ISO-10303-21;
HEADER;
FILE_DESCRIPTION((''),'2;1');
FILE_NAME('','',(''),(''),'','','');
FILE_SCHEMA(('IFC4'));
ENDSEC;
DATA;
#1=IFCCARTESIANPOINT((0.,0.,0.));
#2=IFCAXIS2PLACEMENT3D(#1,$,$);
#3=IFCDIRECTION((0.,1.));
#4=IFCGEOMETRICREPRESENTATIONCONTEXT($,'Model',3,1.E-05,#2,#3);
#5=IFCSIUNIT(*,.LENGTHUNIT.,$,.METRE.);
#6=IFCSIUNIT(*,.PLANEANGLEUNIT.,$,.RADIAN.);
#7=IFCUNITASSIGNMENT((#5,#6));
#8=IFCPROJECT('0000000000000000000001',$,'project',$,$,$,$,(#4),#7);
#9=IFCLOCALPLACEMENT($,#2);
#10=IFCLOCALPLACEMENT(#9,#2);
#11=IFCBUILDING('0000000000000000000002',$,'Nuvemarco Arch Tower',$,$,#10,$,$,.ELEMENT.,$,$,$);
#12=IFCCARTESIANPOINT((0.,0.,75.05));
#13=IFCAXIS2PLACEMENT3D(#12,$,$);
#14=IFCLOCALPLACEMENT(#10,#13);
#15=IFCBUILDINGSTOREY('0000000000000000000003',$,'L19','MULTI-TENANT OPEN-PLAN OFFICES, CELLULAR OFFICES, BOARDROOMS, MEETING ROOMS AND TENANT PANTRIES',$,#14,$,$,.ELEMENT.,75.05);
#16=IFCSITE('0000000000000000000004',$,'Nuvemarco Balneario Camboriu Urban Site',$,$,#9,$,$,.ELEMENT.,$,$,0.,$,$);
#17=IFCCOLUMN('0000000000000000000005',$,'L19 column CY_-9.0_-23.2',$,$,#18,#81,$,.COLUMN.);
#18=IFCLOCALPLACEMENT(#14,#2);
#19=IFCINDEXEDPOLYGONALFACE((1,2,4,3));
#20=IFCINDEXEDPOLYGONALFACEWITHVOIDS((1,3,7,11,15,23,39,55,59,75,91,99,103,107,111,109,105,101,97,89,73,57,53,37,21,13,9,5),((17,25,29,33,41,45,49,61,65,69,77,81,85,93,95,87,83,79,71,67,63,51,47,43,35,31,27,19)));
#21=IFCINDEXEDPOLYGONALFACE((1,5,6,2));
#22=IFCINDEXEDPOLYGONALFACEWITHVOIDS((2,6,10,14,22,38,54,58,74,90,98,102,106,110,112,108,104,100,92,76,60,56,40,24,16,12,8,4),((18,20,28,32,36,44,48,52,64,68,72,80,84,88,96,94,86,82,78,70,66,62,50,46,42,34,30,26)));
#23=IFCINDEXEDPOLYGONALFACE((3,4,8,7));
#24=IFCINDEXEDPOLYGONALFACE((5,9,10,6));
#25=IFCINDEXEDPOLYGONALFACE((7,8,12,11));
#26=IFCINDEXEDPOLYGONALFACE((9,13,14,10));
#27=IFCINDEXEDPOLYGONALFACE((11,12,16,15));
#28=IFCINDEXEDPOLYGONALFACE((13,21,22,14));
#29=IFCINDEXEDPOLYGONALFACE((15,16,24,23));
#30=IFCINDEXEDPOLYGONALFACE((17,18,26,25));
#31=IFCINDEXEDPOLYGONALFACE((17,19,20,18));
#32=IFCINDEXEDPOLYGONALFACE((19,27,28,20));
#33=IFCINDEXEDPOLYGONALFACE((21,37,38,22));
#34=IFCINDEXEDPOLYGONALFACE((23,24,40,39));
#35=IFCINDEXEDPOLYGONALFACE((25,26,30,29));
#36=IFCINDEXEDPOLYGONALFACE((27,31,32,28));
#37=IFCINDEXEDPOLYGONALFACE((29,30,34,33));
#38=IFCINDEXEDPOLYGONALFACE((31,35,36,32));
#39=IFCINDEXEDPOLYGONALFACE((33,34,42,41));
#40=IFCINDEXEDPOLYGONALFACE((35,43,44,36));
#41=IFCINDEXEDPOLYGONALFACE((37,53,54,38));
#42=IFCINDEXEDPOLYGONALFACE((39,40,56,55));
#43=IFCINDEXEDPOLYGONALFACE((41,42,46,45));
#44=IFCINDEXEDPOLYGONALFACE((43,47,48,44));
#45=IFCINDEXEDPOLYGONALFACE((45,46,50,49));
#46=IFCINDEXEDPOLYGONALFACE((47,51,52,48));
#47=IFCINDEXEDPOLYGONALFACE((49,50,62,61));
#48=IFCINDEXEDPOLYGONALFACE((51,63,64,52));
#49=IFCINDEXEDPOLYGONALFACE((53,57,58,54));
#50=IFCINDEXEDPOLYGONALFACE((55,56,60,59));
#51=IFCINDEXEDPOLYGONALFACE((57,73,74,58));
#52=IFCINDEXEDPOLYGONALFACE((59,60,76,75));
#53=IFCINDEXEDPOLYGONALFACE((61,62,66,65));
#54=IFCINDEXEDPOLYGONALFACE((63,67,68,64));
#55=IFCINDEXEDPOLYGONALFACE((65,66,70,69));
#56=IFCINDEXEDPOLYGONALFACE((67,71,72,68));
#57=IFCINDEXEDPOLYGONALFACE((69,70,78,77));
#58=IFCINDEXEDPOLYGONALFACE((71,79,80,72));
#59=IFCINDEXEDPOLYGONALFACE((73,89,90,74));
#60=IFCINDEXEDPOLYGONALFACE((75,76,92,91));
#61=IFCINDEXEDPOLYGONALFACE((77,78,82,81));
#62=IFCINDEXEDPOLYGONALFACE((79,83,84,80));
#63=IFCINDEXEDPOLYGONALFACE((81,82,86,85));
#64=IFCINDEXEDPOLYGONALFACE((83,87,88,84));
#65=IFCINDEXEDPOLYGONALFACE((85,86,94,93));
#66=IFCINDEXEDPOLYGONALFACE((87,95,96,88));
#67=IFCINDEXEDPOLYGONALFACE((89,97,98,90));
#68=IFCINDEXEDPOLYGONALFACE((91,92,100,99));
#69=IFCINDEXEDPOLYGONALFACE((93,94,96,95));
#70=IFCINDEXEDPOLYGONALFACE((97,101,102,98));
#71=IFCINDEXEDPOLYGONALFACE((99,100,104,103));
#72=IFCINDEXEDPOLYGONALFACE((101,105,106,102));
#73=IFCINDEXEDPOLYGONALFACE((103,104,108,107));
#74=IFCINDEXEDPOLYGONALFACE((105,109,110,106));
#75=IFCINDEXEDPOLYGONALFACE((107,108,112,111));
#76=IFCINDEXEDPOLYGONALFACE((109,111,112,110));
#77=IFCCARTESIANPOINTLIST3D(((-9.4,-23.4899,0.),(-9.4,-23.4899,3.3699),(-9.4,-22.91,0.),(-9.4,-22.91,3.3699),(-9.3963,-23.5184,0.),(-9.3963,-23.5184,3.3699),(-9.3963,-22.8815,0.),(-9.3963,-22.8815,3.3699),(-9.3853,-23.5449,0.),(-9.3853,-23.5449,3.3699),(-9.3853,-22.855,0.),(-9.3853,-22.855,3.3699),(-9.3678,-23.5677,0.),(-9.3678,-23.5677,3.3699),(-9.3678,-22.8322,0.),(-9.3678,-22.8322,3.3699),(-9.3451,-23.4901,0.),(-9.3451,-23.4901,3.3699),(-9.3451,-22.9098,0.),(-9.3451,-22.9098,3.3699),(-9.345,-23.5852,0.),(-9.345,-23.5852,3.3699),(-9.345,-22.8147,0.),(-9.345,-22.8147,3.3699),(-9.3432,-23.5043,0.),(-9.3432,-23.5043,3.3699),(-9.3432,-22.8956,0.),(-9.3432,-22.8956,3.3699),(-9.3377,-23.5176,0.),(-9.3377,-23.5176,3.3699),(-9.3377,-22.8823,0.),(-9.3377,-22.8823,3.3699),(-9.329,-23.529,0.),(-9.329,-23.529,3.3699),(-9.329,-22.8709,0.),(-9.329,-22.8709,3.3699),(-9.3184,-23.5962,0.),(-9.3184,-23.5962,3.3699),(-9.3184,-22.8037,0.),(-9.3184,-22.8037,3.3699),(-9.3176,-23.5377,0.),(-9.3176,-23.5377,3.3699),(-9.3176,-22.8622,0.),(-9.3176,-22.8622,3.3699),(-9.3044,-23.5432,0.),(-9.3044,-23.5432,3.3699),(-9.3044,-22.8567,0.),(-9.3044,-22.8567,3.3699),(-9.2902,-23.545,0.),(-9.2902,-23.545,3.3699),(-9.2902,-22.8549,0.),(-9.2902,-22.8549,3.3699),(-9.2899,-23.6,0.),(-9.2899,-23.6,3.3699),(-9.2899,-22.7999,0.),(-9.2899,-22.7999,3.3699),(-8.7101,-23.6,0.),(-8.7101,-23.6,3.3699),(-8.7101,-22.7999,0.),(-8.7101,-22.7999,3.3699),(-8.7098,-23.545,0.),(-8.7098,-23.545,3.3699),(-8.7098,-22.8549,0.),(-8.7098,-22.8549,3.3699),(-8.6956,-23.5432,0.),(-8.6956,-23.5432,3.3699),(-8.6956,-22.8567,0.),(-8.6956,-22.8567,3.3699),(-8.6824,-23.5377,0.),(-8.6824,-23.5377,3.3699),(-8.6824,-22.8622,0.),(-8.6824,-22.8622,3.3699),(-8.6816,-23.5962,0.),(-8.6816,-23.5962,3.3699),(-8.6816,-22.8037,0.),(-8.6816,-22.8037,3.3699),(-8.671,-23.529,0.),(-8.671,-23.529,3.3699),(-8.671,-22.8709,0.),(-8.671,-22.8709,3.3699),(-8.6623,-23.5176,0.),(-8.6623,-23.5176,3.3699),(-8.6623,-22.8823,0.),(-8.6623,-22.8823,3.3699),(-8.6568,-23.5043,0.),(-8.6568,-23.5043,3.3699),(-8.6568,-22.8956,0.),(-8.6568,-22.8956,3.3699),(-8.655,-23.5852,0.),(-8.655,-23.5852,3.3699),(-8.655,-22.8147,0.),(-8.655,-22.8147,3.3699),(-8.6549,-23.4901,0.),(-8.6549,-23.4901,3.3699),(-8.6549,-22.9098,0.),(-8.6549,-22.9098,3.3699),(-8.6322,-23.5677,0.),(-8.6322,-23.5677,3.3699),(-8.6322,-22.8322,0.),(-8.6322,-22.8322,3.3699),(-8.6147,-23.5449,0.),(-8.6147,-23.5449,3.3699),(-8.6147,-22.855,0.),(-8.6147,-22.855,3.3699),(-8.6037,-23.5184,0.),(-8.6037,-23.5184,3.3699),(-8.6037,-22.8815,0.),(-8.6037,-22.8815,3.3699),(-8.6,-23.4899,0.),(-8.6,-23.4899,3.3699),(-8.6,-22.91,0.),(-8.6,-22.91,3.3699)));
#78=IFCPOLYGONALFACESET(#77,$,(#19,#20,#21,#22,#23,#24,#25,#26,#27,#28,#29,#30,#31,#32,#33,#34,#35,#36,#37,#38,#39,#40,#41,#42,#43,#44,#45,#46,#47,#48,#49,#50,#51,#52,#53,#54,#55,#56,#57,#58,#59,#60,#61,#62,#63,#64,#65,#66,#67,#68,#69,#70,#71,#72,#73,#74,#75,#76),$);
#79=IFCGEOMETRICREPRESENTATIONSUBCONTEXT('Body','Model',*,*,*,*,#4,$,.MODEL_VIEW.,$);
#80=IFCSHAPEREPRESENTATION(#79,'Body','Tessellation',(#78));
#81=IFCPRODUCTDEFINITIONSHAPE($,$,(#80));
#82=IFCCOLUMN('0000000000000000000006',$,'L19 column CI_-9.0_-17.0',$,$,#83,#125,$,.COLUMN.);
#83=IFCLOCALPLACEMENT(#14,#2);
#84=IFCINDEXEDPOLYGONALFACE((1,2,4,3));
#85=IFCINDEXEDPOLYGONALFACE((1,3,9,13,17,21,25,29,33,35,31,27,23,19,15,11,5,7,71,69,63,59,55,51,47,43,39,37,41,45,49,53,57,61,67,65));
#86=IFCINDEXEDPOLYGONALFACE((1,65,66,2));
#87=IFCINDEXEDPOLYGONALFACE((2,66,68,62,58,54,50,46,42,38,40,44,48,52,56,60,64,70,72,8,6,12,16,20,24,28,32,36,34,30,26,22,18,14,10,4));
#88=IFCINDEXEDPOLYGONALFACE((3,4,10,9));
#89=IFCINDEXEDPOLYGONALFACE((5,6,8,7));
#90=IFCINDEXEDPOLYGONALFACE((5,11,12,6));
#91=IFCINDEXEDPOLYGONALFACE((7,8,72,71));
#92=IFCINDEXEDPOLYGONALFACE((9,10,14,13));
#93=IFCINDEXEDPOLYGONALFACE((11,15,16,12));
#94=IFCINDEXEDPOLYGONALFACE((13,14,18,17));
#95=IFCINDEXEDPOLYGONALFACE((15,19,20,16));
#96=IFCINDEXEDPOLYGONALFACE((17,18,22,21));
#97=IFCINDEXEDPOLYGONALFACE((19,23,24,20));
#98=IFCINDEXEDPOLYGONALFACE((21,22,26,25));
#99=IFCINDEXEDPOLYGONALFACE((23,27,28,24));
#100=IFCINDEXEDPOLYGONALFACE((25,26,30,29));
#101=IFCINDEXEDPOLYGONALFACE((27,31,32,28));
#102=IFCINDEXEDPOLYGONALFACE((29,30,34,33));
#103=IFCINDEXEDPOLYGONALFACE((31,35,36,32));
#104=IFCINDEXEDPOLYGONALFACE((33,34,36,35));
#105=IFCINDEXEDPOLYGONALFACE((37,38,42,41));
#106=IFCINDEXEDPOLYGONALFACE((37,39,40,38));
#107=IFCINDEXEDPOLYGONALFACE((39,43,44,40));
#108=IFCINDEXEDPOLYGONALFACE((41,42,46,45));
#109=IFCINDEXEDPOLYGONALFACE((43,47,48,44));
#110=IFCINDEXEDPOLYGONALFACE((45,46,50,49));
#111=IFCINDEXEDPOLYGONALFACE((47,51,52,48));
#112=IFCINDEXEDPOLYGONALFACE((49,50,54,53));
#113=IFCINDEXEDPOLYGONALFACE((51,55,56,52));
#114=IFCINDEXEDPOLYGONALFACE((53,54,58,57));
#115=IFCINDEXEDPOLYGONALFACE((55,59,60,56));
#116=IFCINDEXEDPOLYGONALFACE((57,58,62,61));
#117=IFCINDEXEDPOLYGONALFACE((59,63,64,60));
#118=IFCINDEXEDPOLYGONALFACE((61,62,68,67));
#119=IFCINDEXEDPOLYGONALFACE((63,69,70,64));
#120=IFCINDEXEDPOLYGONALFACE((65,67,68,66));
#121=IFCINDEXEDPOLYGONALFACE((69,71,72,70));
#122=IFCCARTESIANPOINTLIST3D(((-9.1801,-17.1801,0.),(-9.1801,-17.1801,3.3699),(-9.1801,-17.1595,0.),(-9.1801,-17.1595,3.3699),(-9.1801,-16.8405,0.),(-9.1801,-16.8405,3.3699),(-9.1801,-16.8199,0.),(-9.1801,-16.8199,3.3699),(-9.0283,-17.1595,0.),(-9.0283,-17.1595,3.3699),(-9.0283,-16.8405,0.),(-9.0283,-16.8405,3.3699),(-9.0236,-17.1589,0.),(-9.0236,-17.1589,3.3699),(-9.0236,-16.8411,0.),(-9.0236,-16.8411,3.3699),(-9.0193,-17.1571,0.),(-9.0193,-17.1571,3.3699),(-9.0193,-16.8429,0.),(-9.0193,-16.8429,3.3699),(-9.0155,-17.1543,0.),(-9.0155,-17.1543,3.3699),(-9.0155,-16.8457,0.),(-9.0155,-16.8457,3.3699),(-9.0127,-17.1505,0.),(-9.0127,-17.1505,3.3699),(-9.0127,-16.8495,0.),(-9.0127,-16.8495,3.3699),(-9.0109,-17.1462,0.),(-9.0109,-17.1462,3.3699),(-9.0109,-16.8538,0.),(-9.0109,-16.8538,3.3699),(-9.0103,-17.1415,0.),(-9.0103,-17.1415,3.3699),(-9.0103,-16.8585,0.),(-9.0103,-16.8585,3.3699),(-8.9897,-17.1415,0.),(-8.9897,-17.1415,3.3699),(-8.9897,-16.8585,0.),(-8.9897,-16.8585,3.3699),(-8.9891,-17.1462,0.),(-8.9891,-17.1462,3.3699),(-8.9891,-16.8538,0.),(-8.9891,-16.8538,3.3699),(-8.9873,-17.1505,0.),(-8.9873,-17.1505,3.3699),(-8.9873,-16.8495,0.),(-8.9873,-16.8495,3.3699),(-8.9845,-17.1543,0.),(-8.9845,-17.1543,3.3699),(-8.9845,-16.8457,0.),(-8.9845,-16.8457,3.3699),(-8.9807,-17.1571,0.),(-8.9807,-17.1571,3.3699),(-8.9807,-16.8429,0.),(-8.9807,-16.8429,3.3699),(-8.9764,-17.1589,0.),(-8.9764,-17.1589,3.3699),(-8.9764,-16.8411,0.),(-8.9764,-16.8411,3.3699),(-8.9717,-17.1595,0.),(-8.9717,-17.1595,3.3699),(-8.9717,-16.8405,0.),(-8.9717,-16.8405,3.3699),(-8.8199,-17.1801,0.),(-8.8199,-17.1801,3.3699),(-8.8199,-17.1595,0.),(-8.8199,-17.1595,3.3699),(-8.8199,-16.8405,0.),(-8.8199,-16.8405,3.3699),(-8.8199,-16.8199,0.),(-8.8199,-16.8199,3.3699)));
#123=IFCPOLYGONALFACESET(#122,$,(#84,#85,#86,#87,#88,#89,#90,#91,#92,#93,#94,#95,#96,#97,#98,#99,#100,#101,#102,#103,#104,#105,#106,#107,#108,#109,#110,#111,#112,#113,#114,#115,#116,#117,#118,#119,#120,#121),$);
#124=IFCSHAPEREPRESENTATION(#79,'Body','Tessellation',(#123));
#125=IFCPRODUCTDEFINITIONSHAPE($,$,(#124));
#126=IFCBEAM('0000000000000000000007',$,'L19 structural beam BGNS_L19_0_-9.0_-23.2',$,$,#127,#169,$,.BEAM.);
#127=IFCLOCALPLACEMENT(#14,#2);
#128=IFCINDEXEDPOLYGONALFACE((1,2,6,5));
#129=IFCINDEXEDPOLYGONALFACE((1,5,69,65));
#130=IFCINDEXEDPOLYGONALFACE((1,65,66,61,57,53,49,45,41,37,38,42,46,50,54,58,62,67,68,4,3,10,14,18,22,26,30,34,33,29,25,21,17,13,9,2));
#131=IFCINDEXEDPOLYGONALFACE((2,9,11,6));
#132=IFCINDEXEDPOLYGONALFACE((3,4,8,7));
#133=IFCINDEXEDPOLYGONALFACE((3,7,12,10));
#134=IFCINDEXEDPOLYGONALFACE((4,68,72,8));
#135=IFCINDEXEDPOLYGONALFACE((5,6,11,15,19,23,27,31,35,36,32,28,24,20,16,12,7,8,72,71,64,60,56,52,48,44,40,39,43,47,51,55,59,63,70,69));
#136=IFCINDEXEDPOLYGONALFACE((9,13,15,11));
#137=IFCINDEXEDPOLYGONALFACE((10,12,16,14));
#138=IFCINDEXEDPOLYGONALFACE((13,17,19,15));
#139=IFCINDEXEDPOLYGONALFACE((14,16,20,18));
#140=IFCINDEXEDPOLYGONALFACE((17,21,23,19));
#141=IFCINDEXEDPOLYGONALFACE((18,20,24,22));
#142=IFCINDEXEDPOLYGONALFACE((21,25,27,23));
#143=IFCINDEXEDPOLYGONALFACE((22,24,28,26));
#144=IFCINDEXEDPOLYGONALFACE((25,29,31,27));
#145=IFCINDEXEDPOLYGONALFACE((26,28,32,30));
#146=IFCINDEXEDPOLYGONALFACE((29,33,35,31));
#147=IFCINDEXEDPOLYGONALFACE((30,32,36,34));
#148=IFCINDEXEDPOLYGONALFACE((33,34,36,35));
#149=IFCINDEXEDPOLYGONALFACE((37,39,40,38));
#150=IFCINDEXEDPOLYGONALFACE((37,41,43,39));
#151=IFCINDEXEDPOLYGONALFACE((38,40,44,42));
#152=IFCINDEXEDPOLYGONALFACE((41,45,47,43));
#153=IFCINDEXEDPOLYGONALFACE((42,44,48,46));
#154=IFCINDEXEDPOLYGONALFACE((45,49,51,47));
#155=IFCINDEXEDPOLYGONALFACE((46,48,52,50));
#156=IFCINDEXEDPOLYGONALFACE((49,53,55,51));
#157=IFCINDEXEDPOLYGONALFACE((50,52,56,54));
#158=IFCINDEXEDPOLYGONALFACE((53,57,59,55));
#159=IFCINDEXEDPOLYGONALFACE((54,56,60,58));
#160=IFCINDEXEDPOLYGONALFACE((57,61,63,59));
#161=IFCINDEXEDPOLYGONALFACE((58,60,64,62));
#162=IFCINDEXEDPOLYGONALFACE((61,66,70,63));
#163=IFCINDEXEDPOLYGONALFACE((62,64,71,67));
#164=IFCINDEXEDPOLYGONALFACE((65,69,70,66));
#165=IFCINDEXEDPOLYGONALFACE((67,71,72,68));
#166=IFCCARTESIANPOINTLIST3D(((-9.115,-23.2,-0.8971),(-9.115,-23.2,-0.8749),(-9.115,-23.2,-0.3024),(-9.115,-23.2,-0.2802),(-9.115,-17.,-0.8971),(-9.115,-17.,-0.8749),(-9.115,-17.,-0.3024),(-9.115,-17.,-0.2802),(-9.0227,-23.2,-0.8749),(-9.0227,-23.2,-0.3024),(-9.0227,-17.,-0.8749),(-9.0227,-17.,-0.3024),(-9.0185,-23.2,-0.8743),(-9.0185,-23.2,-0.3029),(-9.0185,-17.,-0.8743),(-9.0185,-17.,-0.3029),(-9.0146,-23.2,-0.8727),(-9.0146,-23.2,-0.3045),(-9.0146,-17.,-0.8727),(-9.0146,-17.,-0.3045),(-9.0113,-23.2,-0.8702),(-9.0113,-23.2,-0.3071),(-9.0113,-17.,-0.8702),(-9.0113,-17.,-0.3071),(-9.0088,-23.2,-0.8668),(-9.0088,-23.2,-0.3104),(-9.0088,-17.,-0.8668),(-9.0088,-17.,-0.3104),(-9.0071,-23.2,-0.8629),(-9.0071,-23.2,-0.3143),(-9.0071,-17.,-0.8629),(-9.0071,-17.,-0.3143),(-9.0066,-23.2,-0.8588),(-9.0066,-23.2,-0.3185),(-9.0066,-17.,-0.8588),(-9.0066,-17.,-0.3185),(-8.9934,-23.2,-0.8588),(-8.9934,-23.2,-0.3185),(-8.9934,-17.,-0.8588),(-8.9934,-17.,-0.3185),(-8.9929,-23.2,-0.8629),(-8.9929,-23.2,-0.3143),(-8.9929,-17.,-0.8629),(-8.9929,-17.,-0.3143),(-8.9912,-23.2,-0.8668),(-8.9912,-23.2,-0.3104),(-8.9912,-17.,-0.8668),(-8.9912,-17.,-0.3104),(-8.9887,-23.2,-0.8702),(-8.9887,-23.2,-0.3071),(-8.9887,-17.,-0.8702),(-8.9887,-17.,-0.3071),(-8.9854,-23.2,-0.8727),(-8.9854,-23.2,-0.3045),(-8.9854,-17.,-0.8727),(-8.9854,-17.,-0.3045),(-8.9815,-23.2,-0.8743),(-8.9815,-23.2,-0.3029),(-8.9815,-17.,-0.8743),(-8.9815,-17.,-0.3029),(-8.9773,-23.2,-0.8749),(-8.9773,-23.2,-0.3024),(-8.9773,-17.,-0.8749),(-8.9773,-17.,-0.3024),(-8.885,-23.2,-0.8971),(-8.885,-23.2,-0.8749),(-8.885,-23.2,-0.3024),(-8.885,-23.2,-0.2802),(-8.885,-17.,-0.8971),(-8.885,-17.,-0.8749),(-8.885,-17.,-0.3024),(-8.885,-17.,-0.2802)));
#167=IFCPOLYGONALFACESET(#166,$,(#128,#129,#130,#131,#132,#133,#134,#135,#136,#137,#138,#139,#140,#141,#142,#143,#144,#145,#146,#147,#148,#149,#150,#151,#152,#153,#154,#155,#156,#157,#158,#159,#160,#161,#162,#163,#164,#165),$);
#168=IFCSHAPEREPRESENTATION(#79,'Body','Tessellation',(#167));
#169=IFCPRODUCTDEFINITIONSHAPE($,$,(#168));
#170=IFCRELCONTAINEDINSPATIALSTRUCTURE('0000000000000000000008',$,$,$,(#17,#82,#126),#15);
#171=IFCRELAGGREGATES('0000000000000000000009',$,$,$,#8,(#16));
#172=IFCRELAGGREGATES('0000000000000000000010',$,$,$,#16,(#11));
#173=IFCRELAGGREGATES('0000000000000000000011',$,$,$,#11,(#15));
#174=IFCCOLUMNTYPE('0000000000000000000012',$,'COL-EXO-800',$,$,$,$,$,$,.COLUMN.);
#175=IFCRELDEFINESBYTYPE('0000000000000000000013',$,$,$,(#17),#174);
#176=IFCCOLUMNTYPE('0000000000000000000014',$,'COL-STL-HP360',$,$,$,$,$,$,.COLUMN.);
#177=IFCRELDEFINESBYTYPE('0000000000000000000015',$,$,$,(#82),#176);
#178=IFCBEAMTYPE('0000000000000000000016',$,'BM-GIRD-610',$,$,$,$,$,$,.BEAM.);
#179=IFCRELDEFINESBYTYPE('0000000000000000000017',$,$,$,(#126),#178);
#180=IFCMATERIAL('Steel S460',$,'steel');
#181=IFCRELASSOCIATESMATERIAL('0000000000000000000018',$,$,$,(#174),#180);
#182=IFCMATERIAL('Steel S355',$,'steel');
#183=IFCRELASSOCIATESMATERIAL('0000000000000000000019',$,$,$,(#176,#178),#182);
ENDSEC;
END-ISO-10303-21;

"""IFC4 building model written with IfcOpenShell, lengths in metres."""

from ifc_helpers import new_model, si_unit, direction, frame, origin, origin_2d, place, context, subcontext, project, spatial, hollow_rectangle, i_section, extrude, material, material_profile, profile_set, type_object, element, save


model = new_model("IFC4")

# Units and contexts
model_context = context("Model", 3, precision=1e-05, world=origin(), true_north=direction((0.0, 1.0)))
body_context = subcontext(model_context, "Body", "Model", "MODEL_VIEW")
ifc_project = project(units=[si_unit("LENGTHUNIT", "METRE"), si_unit("PLANEANGLEUNIT", "RADIAN")], contexts=[model_context])

# Site, building, storey
site_placement = place(None, origin())
site = spatial("IfcSite", under=ifc_project, at=site_placement, Name="Nuvemarco Balneario Camboriu Urban Site", CompositionType="ELEMENT", RefElevation=0.0)
building_placement = place(site_placement, origin())
building = spatial("IfcBuilding", under=site, at=building_placement, Name="Nuvemarco Arch Tower", CompositionType="ELEMENT")
storey_placement = place(building_placement, frame((0.0, 0.0, 75.05)))
storey = spatial("IfcBuildingStorey", under=building, at=storey_placement, Name="L19", Description="MULTI-TENANT OPEN-PLAN OFFICES, CELLULAR OFFICES, BOARDROOMS, MEETING ROOMS AND TENANT PANTRIES", CompositionType="ELEMENT", Elevation=75.05)

# Columns
ifc_material_1 = material(Name="Steel S460", Category="steel")
ifc_material_profile_1 = material_profile(ifc_material_1, hollow_rectangle(XDim=0.8, YDim=0.8, WallThickness=0.0549, InnerFilletRadius=0.0549, OuterFilletRadius=0.1101, at=origin_2d()), Name="SHS800x800x55")
ifc_profile_set_1 = profile_set([ifc_material_profile_1], Name="Steel S460")
column_type_1 = type_object("IfcColumnType", Name="COL-EXO-800", PredefinedType="COLUMN", material=ifc_profile_set_1)
column_1_placement = place(storey_placement, frame((-9.0, -23.2, 0.0), z_axis=(0.0, 0.0, 1.0), x_axis=(1.0, 0.0, 0.0)))
element("IfcColumn", 1, at=column_1_placement, inside=storey, type_object=column_type_1, Name="L19 column CY_-9.0_-23.2", PredefinedType="COLUMN", context=body_context, shape_type="SweptSolid", body=[
    extrude(hollow_rectangle(XDim=0.8, YDim=0.8, WallThickness=0.0549, InnerFilletRadius=0.0549, OuterFilletRadius=0.1101, at=origin_2d()), origin(), (0.0, 0.0, 1.0), 3.3699),
])
ifc_material_2 = material(Name="Steel S355", Category="steel")
ifc_material_profile_2 = material_profile(ifc_material_2, i_section(OverallWidth=0.3601, OverallDepth=0.3601, WebThickness=0.0205, FlangeThickness=0.0205, FilletRadius=0.0181, at=origin_2d()), Name="HP360x174")
ifc_profile_set_2 = profile_set([ifc_material_profile_2], Name="Steel S355")
column_type_2 = type_object("IfcColumnType", Name="COL-STL-HP360", PredefinedType="COLUMN", material=ifc_profile_set_2)
column_2_placement = place(storey_placement, frame((-9.0, -17.0, 0.0), z_axis=(0.0, 0.0, 1.0), x_axis=(1.0, 0.0, 0.0)))
element("IfcColumn", 2, at=column_2_placement, inside=storey, type_object=column_type_2, Name="L19 column CI_-9.0_-17.0", PredefinedType="COLUMN", context=body_context, shape_type="SweptSolid", body=[
    extrude(i_section(OverallWidth=0.3601, OverallDepth=0.3601, WebThickness=0.0205, FlangeThickness=0.0205, FilletRadius=0.0181, at=origin_2d()), origin(), (0.0, 0.0, 1.0), 3.3699),
])

# Beam
ifc_material_profile_3 = material_profile(ifc_material_2, i_section(OverallWidth=0.23, OverallDepth=0.6169, WebThickness=0.0132, FlangeThickness=0.0222, FilletRadius=0.0161, at=origin_2d()), Name="W610x140")
ifc_profile_set_3 = profile_set([ifc_material_profile_3], Name="Steel S355")
beam_type_1 = type_object("IfcBeamType", Name="BM-GIRD-610", PredefinedType="BEAM", material=ifc_profile_set_3)
beam_1_placement = place(storey_placement, frame((-9.0, -23.2, -0.5886), z_axis=(0.0, 1.0, 0.0), x_axis=(-1.0, 0.0, 0.0)))
element("IfcBeam", 3, at=beam_1_placement, inside=storey, type_object=beam_type_1, Name="L19 structural beam BGNS_L19_0_-9.0_-23.2", PredefinedType="BEAM", context=body_context, shape_type="SweptSolid", body=[
    extrude(i_section(OverallWidth=0.23, OverallDepth=0.6169, WebThickness=0.0132, FlangeThickness=0.0222, FilletRadius=0.0161, at=origin_2d()), origin(), (0.0, 0.0, 1.0), 6.2),
])

save(model, "model.ifc")
